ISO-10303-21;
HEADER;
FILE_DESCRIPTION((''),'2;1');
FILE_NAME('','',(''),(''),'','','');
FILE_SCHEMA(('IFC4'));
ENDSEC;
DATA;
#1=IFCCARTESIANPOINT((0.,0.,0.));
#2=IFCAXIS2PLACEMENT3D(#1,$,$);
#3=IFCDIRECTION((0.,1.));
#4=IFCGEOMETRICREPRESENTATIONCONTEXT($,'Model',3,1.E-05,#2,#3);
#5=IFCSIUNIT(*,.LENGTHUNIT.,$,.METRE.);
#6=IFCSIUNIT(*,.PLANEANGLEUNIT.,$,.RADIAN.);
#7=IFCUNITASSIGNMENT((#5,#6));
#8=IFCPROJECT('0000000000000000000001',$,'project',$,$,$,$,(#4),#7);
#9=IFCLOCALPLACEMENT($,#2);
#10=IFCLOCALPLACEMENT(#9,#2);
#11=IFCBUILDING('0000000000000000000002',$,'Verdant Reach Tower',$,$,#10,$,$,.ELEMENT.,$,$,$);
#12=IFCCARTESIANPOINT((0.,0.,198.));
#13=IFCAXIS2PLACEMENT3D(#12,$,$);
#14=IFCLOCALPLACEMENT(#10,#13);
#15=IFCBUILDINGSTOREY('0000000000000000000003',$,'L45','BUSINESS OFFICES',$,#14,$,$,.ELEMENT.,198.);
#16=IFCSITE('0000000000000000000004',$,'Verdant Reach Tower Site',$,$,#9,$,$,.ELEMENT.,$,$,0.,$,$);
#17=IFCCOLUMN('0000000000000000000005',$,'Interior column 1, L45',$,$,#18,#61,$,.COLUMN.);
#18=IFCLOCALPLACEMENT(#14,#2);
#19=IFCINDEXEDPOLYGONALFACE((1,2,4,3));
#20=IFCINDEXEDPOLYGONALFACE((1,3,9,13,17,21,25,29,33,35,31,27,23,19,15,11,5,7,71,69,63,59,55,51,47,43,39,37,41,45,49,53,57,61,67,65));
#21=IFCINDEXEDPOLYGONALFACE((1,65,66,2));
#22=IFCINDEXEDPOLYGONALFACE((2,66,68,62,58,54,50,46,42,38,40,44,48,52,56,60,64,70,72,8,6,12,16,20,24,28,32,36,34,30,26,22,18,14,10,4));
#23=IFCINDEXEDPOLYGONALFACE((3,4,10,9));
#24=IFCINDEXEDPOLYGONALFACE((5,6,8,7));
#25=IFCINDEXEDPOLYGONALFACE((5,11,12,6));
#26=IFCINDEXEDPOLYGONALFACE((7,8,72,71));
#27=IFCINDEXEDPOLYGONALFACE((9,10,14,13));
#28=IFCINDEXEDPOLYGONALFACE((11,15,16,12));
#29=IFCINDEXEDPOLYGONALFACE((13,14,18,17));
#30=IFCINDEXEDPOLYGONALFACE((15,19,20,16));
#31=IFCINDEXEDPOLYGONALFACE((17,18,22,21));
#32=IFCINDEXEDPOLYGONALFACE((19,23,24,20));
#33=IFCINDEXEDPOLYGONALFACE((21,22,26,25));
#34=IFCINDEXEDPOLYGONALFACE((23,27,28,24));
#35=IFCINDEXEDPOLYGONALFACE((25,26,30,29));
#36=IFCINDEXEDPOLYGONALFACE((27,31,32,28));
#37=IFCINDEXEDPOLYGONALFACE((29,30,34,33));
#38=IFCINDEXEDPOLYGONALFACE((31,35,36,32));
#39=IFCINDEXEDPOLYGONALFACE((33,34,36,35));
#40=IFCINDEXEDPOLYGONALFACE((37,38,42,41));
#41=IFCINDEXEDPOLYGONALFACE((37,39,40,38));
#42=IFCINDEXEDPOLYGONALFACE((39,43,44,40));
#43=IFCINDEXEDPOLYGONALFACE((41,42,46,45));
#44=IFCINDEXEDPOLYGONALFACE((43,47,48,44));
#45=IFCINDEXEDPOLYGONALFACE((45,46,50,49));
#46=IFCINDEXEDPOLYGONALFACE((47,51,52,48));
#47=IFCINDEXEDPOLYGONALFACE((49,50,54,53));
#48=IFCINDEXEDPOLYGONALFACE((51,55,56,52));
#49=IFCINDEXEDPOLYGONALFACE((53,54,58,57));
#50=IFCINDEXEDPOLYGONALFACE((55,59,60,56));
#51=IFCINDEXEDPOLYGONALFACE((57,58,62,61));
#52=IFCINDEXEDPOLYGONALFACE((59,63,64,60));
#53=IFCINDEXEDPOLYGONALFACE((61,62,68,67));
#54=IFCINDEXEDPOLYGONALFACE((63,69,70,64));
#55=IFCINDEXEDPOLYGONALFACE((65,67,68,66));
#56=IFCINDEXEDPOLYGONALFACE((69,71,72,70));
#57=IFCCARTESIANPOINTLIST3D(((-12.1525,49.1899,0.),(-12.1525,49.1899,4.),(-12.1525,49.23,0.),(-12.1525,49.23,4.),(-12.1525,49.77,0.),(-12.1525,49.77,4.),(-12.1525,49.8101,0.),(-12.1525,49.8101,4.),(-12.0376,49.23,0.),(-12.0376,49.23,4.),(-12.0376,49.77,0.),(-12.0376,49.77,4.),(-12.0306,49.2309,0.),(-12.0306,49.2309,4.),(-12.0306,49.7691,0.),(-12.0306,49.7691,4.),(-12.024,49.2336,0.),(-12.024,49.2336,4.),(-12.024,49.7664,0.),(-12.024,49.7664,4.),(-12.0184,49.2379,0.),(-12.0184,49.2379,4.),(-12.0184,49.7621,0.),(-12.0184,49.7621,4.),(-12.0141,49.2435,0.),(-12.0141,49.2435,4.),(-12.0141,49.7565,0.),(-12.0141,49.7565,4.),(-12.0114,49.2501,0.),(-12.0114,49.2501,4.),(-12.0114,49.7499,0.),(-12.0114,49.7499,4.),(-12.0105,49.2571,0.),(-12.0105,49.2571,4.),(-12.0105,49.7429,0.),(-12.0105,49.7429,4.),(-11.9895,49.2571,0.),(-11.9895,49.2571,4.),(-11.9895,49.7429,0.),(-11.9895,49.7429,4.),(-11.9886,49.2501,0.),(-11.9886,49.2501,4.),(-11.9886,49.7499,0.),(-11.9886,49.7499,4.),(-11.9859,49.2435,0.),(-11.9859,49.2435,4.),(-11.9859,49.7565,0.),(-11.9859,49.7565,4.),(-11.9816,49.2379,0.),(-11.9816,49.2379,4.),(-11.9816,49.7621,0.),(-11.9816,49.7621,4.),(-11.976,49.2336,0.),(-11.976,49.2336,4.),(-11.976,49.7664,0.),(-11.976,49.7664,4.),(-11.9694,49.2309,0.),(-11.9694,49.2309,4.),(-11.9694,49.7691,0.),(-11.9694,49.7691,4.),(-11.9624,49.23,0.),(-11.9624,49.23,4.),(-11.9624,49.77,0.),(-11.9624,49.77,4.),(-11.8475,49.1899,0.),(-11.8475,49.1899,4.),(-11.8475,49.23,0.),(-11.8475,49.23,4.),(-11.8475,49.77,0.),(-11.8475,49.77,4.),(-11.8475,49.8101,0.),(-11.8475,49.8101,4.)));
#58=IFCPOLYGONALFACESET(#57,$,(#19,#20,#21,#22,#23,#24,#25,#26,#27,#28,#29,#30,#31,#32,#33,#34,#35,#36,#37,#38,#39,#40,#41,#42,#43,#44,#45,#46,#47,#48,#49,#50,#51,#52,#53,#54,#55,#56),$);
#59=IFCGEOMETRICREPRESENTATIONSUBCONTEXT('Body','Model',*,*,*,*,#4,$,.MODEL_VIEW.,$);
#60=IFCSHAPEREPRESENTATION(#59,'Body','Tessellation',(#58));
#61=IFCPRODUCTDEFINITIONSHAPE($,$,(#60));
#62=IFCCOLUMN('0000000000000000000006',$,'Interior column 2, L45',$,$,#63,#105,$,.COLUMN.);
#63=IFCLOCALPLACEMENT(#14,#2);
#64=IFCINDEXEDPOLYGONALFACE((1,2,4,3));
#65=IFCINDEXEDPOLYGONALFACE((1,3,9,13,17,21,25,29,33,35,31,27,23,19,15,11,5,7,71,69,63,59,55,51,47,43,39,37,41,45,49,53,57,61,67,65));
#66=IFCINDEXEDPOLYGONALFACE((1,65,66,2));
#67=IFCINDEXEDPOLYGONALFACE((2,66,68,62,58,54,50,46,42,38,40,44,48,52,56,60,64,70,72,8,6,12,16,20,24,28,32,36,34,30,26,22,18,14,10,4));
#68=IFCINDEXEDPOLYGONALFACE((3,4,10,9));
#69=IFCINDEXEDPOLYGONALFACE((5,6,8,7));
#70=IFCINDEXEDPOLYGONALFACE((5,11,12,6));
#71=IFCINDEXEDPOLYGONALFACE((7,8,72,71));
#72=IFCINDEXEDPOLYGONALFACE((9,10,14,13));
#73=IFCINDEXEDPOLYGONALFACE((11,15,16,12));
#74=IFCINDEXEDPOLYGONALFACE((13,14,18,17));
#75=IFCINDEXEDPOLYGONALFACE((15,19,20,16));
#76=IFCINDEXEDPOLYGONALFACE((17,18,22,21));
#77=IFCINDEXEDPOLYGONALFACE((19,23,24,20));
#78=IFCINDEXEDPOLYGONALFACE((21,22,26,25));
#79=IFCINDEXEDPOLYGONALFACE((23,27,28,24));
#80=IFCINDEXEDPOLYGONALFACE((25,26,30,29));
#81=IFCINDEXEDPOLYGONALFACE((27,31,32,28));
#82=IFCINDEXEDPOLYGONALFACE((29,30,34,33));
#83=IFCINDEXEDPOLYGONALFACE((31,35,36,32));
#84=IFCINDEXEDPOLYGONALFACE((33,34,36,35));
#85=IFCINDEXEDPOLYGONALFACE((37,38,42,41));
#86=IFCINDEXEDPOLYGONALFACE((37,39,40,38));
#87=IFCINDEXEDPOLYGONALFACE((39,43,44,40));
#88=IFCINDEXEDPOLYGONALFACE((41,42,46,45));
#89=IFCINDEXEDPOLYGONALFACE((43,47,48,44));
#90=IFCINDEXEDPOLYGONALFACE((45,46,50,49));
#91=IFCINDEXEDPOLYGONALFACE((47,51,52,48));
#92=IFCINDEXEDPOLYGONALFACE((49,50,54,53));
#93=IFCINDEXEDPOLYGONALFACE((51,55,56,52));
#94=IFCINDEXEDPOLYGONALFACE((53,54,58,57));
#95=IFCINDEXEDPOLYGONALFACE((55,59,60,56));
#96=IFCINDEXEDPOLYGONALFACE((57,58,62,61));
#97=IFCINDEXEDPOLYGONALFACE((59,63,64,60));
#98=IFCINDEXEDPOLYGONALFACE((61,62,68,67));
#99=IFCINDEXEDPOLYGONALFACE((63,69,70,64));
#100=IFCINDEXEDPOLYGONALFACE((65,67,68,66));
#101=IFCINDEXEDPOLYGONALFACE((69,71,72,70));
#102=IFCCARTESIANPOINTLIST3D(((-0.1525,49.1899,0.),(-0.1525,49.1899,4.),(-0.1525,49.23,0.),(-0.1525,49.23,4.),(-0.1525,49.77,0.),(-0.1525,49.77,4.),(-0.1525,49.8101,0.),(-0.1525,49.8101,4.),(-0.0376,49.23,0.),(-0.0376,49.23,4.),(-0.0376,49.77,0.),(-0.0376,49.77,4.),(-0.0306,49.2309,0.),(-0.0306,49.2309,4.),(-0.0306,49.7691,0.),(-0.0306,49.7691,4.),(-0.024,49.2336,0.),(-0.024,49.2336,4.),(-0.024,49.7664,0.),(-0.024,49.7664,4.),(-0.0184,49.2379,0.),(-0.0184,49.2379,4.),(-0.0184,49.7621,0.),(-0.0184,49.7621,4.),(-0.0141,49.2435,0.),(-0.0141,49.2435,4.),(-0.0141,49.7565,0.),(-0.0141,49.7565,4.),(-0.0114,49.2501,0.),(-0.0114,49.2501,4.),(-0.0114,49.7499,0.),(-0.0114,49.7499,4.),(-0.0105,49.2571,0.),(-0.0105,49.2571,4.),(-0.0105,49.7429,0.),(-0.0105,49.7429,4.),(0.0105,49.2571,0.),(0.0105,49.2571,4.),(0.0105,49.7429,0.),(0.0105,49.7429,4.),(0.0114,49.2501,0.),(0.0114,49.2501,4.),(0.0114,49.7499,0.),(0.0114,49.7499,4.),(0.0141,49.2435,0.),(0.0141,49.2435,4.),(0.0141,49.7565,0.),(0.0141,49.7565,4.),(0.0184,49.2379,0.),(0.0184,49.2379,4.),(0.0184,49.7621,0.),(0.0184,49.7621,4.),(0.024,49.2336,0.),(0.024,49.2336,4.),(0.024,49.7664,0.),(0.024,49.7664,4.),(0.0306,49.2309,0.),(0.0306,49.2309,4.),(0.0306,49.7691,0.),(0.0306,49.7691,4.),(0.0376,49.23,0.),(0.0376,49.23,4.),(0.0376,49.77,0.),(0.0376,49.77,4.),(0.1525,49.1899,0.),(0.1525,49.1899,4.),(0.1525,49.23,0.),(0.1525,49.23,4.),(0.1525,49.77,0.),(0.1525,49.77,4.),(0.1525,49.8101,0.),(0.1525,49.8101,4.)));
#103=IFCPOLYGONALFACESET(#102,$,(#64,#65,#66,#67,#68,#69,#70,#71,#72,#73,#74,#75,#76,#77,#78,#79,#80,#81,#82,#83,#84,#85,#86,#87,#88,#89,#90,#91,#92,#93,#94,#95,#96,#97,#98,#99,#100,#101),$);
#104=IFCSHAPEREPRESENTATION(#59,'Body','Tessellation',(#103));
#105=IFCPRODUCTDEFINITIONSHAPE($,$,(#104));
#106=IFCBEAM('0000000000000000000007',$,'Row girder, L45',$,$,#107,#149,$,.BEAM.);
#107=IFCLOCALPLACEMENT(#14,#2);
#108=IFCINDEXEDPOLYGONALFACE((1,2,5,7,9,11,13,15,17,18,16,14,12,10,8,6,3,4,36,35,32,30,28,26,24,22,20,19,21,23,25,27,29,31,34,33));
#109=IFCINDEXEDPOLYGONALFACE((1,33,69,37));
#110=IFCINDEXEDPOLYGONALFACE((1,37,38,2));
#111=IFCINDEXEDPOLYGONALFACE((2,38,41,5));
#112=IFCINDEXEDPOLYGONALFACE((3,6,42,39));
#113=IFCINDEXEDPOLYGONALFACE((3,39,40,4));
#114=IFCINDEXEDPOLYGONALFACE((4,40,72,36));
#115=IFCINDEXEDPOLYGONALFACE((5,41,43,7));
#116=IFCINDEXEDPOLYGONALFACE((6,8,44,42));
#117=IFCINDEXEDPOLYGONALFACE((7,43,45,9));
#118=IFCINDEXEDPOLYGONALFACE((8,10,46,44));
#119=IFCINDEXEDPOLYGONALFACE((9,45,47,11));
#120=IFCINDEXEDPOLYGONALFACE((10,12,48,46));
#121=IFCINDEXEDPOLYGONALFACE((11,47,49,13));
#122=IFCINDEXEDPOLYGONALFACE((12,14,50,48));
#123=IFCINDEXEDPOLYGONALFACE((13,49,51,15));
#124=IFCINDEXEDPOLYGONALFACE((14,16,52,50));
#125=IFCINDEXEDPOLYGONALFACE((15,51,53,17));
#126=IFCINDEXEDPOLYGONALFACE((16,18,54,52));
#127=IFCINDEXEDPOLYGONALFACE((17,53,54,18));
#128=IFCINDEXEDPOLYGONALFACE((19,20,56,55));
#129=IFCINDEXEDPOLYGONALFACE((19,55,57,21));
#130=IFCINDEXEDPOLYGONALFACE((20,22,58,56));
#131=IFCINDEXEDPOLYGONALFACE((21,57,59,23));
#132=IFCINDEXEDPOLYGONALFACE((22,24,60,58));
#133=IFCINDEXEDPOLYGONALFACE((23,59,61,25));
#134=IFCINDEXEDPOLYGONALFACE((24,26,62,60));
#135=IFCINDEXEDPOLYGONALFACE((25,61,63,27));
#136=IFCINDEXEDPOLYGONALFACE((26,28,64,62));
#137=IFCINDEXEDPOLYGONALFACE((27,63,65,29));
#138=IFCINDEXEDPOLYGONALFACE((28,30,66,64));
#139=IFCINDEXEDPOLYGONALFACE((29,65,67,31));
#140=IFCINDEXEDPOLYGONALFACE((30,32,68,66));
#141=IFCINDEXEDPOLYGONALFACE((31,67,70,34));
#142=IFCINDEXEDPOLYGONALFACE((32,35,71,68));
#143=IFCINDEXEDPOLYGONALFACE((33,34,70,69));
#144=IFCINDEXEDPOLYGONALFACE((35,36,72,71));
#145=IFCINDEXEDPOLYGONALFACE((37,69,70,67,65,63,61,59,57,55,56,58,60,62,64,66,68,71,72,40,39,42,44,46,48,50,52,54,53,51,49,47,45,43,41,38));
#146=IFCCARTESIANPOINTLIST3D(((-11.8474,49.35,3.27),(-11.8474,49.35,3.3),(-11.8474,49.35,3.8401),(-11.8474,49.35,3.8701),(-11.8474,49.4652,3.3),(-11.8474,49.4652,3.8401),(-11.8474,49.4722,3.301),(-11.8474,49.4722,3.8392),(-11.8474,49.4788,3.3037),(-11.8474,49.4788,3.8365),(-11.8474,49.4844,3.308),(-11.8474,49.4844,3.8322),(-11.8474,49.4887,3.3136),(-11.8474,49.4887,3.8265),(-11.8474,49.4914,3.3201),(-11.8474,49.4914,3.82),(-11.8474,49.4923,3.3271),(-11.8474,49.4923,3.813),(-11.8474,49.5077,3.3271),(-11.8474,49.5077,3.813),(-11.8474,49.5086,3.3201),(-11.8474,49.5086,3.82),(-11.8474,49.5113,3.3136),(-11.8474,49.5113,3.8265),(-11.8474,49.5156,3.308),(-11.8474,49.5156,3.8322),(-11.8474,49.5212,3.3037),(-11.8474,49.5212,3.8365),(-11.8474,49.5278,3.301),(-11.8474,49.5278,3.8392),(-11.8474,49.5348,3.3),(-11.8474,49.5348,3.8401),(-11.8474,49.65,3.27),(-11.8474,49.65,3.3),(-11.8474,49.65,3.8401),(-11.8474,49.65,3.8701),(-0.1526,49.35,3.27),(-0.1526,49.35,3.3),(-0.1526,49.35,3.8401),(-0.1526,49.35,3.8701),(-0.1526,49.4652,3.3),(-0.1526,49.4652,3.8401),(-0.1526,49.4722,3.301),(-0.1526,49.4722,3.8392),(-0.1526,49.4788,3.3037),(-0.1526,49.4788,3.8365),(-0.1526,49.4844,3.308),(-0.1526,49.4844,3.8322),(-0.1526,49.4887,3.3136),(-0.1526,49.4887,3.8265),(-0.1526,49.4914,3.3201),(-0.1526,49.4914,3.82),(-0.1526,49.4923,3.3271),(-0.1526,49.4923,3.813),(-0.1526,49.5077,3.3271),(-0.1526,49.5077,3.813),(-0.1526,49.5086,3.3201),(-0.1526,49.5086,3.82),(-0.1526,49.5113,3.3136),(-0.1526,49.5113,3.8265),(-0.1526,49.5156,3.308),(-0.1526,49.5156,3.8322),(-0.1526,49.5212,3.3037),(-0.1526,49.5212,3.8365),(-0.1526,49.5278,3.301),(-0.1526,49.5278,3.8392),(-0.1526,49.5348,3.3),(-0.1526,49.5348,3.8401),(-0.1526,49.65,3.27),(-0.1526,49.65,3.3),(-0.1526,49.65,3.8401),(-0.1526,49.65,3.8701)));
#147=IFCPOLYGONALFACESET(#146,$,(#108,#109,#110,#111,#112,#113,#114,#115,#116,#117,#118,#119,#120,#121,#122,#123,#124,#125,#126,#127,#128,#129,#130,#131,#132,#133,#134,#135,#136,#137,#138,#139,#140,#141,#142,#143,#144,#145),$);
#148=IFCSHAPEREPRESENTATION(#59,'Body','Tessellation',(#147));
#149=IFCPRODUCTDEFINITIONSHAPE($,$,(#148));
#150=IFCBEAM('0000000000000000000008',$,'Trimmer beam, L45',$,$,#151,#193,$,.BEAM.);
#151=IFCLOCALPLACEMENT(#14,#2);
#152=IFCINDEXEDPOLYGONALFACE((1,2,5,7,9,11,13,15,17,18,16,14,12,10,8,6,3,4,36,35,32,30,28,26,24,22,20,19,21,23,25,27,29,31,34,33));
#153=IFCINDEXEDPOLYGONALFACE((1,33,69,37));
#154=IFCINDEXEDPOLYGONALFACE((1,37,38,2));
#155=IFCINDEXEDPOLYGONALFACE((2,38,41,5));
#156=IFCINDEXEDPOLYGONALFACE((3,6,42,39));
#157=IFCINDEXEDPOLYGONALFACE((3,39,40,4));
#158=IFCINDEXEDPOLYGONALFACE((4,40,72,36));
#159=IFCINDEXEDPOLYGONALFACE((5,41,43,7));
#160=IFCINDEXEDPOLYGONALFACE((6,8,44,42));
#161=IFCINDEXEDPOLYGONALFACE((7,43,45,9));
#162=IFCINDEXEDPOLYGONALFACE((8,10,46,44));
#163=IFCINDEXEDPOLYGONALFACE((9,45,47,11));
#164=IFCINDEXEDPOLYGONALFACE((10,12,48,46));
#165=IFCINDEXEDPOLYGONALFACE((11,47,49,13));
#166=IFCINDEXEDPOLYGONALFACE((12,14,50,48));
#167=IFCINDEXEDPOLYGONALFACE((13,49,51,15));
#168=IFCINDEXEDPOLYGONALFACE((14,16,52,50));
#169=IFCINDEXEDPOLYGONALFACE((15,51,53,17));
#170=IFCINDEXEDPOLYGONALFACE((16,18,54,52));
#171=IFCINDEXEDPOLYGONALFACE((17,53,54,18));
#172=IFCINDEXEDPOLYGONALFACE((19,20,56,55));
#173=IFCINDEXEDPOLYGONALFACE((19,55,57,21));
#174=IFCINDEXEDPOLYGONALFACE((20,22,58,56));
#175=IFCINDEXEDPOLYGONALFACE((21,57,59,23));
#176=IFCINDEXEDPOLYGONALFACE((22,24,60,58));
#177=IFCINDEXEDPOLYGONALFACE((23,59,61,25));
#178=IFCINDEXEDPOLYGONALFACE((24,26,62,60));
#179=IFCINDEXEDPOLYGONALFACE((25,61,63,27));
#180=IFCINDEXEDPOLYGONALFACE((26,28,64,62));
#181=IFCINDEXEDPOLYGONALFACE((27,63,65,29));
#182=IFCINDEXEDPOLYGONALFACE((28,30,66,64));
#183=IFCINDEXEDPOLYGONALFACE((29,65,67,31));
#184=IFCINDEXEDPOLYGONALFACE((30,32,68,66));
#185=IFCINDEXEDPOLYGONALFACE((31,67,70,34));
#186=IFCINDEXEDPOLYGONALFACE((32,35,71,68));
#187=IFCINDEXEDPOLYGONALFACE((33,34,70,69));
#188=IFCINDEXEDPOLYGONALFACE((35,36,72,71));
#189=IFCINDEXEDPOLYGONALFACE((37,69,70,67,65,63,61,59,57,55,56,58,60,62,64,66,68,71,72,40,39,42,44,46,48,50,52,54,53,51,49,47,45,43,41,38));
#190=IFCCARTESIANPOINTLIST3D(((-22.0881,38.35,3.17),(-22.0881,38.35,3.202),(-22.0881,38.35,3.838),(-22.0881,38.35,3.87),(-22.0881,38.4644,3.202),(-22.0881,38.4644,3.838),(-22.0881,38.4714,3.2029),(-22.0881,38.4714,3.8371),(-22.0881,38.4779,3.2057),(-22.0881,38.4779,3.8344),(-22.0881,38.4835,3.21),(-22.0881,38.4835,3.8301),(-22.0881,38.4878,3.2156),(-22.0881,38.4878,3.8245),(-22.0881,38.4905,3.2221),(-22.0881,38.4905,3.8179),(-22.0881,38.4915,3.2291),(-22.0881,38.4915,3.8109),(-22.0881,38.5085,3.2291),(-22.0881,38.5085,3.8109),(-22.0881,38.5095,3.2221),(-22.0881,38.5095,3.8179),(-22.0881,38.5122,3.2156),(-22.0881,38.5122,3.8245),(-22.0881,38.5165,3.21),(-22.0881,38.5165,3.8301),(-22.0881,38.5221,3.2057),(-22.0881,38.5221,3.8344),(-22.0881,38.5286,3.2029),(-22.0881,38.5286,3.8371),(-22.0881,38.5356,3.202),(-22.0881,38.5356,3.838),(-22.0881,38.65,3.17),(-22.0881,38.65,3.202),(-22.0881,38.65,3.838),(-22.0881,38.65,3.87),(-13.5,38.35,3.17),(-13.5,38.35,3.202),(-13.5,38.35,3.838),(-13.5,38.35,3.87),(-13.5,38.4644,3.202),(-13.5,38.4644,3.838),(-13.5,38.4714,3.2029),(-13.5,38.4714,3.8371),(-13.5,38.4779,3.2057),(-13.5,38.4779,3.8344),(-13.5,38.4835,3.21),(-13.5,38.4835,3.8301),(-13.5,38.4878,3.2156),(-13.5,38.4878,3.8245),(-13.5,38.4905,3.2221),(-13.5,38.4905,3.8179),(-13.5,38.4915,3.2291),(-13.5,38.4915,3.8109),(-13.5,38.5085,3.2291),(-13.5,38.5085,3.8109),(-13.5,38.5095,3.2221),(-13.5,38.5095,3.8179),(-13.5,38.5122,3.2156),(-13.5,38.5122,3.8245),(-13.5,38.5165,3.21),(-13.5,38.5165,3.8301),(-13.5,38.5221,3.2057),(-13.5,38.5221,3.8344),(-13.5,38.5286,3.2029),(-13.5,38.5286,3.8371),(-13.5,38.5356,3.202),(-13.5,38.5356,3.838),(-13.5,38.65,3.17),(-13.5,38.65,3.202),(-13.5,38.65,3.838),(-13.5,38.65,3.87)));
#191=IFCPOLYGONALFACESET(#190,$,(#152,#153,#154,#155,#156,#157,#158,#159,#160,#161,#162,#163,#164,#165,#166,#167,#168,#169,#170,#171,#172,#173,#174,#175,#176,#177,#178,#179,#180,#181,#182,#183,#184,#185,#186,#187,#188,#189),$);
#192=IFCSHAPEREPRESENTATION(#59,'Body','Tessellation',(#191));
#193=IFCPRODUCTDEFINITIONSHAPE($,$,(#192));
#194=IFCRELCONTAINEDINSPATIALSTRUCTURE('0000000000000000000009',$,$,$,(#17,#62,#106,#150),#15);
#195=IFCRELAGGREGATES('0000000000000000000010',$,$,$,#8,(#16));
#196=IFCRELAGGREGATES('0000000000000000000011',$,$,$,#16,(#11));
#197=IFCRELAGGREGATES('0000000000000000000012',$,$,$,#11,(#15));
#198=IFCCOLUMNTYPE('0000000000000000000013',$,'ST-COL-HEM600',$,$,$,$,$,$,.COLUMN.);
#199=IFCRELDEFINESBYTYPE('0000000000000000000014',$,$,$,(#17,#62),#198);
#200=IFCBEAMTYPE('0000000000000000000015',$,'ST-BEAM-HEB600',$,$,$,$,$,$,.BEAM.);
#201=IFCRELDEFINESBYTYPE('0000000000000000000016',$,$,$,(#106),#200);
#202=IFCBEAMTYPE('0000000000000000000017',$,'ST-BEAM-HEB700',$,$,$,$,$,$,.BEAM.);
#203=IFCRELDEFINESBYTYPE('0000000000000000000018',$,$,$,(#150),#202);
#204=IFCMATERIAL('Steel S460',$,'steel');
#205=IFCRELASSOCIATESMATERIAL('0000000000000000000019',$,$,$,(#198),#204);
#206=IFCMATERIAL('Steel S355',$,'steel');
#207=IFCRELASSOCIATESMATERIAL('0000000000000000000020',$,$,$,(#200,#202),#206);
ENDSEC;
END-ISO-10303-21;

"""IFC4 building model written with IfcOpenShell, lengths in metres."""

from ifc_helpers import new_model, si_unit, direction, frame, origin, origin_2d, place, context, subcontext, project, spatial, i_section, extrude, material, material_profile, profile_set, type_object, element, save


model = new_model("IFC4")

# Units and contexts
model_context = context("Model", 3, precision=1e-05, world=origin(), true_north=direction((0.0, 1.0)))
body_context = subcontext(model_context, "Body", "Model", "MODEL_VIEW")
ifc_project = project(units=[si_unit("LENGTHUNIT", "METRE"), si_unit("PLANEANGLEUNIT", "RADIAN")], contexts=[model_context])

# Site, building, storey
site_placement = place(None, origin())
site = spatial("IfcSite", under=ifc_project, at=site_placement, Name="Verdant Reach Tower Site", CompositionType="ELEMENT", RefElevation=0.0)
building_placement = place(site_placement, origin())
building = spatial("IfcBuilding", under=site, at=building_placement, Name="Verdant Reach Tower", CompositionType="ELEMENT")
storey_placement = place(building_placement, frame((0.0, 0.0, 198.0)))
storey = spatial("IfcBuildingStorey", under=building, at=storey_placement, Name="L45", Description="BUSINESS OFFICES", CompositionType="ELEMENT", Elevation=198.0)

# Columns
ifc_material_1 = material(Name="Steel S460", Category="steel")
ifc_material_profile_1 = material_profile(ifc_material_1, i_section(OverallWidth=0.3049, OverallDepth=0.6201, WebThickness=0.021, FlangeThickness=0.04, FilletRadius=0.0271, at=origin_2d()), Name="HEM 600")
ifc_profile_set_1 = profile_set([ifc_material_profile_1], Name="Steel S460")
column_type = type_object("IfcColumnType", Name="ST-COL-HEM600", PredefinedType="COLUMN", material=ifc_profile_set_1)
for number, where, z_axis, x_axis, name in (
    (1, (-12.0, 49.5, 0.0), (0.0, 0.0, 1.0), (1.0, 0.0, 0.0), "Interior column 1, L45"),
    (2, (0.0, 49.5, 0.0), (0.0, 0.0, 1.0), (1.0, 0.0, 0.0), "Interior column 2, L45"),
):
    element("IfcColumn", number, at=place(storey_placement, frame(where, z_axis=z_axis, x_axis=x_axis)), inside=storey, type_object=column_type, Name=name, PredefinedType="COLUMN", context=body_context, shape_type="SweptSolid", body=[
        extrude(i_section(OverallWidth=0.3049, OverallDepth=0.6201, WebThickness=0.021, FlangeThickness=0.04, FilletRadius=0.0271, at=origin_2d()), origin(), (0.0, 0.0, 1.0), 4.0),
    ])

# Beams
ifc_material_2 = material(Name="Steel S355", Category="steel")
ifc_material_profile_2 = material_profile(ifc_material_2, i_section(OverallWidth=0.3, OverallDepth=0.6001, WebThickness=0.0154, FlangeThickness=0.03, FilletRadius=0.0271, at=origin_2d()), Name="HEB 600")
ifc_profile_set_2 = profile_set([ifc_material_profile_2], Name="Steel S355")
beam_type_1 = type_object("IfcBeamType", Name="ST-BEAM-HEB600", PredefinedType="BEAM", material=ifc_profile_set_2)
beam_1_placement = place(storey_placement, frame((-11.8474, 49.5, 3.5701), z_axis=(1.0, 0.0, 0.0), x_axis=(0.0, 1.0, 0.0)))
element("IfcBeam", 3, at=beam_1_placement, inside=storey, type_object=beam_type_1, Name="Row girder, L45", PredefinedType="BEAM", context=body_context, shape_type="SweptSolid", body=[
    extrude(i_section(OverallWidth=0.3, OverallDepth=0.6001, WebThickness=0.0154, FlangeThickness=0.03, FilletRadius=0.0271, at=origin_2d()), origin(), (0.0, 0.0, 1.0), 11.6948),
])
ifc_material_profile_3 = material_profile(ifc_material_2, i_section(OverallWidth=0.3, OverallDepth=0.7, WebThickness=0.0171, FlangeThickness=0.032, FilletRadius=0.0271, at=origin_2d()), Name="HEB 700")
ifc_profile_set_3 = profile_set([ifc_material_profile_3], Name="Steel S355")
beam_type_2 = type_object("IfcBeamType", Name="ST-BEAM-HEB700", PredefinedType="BEAM", material=ifc_profile_set_3)
beam_2_placement = place(storey_placement, frame((-13.5, 38.5, 3.52), z_axis=(-1.0, 0.0, 0.0), x_axis=(0.0, -1.0, 0.0)))
element("IfcBeam", 4, at=beam_2_placement, inside=storey, type_object=beam_type_2, Name="Trimmer beam, L45", PredefinedType="BEAM", context=body_context, shape_type="SweptSolid", body=[
    extrude(i_section(OverallWidth=0.3, OverallDepth=0.7, WebThickness=0.0171, FlangeThickness=0.032, FilletRadius=0.0271, at=origin_2d()), origin(), (0.0, 0.0, 1.0), 8.5881),
])

save(model, "model.ifc")
